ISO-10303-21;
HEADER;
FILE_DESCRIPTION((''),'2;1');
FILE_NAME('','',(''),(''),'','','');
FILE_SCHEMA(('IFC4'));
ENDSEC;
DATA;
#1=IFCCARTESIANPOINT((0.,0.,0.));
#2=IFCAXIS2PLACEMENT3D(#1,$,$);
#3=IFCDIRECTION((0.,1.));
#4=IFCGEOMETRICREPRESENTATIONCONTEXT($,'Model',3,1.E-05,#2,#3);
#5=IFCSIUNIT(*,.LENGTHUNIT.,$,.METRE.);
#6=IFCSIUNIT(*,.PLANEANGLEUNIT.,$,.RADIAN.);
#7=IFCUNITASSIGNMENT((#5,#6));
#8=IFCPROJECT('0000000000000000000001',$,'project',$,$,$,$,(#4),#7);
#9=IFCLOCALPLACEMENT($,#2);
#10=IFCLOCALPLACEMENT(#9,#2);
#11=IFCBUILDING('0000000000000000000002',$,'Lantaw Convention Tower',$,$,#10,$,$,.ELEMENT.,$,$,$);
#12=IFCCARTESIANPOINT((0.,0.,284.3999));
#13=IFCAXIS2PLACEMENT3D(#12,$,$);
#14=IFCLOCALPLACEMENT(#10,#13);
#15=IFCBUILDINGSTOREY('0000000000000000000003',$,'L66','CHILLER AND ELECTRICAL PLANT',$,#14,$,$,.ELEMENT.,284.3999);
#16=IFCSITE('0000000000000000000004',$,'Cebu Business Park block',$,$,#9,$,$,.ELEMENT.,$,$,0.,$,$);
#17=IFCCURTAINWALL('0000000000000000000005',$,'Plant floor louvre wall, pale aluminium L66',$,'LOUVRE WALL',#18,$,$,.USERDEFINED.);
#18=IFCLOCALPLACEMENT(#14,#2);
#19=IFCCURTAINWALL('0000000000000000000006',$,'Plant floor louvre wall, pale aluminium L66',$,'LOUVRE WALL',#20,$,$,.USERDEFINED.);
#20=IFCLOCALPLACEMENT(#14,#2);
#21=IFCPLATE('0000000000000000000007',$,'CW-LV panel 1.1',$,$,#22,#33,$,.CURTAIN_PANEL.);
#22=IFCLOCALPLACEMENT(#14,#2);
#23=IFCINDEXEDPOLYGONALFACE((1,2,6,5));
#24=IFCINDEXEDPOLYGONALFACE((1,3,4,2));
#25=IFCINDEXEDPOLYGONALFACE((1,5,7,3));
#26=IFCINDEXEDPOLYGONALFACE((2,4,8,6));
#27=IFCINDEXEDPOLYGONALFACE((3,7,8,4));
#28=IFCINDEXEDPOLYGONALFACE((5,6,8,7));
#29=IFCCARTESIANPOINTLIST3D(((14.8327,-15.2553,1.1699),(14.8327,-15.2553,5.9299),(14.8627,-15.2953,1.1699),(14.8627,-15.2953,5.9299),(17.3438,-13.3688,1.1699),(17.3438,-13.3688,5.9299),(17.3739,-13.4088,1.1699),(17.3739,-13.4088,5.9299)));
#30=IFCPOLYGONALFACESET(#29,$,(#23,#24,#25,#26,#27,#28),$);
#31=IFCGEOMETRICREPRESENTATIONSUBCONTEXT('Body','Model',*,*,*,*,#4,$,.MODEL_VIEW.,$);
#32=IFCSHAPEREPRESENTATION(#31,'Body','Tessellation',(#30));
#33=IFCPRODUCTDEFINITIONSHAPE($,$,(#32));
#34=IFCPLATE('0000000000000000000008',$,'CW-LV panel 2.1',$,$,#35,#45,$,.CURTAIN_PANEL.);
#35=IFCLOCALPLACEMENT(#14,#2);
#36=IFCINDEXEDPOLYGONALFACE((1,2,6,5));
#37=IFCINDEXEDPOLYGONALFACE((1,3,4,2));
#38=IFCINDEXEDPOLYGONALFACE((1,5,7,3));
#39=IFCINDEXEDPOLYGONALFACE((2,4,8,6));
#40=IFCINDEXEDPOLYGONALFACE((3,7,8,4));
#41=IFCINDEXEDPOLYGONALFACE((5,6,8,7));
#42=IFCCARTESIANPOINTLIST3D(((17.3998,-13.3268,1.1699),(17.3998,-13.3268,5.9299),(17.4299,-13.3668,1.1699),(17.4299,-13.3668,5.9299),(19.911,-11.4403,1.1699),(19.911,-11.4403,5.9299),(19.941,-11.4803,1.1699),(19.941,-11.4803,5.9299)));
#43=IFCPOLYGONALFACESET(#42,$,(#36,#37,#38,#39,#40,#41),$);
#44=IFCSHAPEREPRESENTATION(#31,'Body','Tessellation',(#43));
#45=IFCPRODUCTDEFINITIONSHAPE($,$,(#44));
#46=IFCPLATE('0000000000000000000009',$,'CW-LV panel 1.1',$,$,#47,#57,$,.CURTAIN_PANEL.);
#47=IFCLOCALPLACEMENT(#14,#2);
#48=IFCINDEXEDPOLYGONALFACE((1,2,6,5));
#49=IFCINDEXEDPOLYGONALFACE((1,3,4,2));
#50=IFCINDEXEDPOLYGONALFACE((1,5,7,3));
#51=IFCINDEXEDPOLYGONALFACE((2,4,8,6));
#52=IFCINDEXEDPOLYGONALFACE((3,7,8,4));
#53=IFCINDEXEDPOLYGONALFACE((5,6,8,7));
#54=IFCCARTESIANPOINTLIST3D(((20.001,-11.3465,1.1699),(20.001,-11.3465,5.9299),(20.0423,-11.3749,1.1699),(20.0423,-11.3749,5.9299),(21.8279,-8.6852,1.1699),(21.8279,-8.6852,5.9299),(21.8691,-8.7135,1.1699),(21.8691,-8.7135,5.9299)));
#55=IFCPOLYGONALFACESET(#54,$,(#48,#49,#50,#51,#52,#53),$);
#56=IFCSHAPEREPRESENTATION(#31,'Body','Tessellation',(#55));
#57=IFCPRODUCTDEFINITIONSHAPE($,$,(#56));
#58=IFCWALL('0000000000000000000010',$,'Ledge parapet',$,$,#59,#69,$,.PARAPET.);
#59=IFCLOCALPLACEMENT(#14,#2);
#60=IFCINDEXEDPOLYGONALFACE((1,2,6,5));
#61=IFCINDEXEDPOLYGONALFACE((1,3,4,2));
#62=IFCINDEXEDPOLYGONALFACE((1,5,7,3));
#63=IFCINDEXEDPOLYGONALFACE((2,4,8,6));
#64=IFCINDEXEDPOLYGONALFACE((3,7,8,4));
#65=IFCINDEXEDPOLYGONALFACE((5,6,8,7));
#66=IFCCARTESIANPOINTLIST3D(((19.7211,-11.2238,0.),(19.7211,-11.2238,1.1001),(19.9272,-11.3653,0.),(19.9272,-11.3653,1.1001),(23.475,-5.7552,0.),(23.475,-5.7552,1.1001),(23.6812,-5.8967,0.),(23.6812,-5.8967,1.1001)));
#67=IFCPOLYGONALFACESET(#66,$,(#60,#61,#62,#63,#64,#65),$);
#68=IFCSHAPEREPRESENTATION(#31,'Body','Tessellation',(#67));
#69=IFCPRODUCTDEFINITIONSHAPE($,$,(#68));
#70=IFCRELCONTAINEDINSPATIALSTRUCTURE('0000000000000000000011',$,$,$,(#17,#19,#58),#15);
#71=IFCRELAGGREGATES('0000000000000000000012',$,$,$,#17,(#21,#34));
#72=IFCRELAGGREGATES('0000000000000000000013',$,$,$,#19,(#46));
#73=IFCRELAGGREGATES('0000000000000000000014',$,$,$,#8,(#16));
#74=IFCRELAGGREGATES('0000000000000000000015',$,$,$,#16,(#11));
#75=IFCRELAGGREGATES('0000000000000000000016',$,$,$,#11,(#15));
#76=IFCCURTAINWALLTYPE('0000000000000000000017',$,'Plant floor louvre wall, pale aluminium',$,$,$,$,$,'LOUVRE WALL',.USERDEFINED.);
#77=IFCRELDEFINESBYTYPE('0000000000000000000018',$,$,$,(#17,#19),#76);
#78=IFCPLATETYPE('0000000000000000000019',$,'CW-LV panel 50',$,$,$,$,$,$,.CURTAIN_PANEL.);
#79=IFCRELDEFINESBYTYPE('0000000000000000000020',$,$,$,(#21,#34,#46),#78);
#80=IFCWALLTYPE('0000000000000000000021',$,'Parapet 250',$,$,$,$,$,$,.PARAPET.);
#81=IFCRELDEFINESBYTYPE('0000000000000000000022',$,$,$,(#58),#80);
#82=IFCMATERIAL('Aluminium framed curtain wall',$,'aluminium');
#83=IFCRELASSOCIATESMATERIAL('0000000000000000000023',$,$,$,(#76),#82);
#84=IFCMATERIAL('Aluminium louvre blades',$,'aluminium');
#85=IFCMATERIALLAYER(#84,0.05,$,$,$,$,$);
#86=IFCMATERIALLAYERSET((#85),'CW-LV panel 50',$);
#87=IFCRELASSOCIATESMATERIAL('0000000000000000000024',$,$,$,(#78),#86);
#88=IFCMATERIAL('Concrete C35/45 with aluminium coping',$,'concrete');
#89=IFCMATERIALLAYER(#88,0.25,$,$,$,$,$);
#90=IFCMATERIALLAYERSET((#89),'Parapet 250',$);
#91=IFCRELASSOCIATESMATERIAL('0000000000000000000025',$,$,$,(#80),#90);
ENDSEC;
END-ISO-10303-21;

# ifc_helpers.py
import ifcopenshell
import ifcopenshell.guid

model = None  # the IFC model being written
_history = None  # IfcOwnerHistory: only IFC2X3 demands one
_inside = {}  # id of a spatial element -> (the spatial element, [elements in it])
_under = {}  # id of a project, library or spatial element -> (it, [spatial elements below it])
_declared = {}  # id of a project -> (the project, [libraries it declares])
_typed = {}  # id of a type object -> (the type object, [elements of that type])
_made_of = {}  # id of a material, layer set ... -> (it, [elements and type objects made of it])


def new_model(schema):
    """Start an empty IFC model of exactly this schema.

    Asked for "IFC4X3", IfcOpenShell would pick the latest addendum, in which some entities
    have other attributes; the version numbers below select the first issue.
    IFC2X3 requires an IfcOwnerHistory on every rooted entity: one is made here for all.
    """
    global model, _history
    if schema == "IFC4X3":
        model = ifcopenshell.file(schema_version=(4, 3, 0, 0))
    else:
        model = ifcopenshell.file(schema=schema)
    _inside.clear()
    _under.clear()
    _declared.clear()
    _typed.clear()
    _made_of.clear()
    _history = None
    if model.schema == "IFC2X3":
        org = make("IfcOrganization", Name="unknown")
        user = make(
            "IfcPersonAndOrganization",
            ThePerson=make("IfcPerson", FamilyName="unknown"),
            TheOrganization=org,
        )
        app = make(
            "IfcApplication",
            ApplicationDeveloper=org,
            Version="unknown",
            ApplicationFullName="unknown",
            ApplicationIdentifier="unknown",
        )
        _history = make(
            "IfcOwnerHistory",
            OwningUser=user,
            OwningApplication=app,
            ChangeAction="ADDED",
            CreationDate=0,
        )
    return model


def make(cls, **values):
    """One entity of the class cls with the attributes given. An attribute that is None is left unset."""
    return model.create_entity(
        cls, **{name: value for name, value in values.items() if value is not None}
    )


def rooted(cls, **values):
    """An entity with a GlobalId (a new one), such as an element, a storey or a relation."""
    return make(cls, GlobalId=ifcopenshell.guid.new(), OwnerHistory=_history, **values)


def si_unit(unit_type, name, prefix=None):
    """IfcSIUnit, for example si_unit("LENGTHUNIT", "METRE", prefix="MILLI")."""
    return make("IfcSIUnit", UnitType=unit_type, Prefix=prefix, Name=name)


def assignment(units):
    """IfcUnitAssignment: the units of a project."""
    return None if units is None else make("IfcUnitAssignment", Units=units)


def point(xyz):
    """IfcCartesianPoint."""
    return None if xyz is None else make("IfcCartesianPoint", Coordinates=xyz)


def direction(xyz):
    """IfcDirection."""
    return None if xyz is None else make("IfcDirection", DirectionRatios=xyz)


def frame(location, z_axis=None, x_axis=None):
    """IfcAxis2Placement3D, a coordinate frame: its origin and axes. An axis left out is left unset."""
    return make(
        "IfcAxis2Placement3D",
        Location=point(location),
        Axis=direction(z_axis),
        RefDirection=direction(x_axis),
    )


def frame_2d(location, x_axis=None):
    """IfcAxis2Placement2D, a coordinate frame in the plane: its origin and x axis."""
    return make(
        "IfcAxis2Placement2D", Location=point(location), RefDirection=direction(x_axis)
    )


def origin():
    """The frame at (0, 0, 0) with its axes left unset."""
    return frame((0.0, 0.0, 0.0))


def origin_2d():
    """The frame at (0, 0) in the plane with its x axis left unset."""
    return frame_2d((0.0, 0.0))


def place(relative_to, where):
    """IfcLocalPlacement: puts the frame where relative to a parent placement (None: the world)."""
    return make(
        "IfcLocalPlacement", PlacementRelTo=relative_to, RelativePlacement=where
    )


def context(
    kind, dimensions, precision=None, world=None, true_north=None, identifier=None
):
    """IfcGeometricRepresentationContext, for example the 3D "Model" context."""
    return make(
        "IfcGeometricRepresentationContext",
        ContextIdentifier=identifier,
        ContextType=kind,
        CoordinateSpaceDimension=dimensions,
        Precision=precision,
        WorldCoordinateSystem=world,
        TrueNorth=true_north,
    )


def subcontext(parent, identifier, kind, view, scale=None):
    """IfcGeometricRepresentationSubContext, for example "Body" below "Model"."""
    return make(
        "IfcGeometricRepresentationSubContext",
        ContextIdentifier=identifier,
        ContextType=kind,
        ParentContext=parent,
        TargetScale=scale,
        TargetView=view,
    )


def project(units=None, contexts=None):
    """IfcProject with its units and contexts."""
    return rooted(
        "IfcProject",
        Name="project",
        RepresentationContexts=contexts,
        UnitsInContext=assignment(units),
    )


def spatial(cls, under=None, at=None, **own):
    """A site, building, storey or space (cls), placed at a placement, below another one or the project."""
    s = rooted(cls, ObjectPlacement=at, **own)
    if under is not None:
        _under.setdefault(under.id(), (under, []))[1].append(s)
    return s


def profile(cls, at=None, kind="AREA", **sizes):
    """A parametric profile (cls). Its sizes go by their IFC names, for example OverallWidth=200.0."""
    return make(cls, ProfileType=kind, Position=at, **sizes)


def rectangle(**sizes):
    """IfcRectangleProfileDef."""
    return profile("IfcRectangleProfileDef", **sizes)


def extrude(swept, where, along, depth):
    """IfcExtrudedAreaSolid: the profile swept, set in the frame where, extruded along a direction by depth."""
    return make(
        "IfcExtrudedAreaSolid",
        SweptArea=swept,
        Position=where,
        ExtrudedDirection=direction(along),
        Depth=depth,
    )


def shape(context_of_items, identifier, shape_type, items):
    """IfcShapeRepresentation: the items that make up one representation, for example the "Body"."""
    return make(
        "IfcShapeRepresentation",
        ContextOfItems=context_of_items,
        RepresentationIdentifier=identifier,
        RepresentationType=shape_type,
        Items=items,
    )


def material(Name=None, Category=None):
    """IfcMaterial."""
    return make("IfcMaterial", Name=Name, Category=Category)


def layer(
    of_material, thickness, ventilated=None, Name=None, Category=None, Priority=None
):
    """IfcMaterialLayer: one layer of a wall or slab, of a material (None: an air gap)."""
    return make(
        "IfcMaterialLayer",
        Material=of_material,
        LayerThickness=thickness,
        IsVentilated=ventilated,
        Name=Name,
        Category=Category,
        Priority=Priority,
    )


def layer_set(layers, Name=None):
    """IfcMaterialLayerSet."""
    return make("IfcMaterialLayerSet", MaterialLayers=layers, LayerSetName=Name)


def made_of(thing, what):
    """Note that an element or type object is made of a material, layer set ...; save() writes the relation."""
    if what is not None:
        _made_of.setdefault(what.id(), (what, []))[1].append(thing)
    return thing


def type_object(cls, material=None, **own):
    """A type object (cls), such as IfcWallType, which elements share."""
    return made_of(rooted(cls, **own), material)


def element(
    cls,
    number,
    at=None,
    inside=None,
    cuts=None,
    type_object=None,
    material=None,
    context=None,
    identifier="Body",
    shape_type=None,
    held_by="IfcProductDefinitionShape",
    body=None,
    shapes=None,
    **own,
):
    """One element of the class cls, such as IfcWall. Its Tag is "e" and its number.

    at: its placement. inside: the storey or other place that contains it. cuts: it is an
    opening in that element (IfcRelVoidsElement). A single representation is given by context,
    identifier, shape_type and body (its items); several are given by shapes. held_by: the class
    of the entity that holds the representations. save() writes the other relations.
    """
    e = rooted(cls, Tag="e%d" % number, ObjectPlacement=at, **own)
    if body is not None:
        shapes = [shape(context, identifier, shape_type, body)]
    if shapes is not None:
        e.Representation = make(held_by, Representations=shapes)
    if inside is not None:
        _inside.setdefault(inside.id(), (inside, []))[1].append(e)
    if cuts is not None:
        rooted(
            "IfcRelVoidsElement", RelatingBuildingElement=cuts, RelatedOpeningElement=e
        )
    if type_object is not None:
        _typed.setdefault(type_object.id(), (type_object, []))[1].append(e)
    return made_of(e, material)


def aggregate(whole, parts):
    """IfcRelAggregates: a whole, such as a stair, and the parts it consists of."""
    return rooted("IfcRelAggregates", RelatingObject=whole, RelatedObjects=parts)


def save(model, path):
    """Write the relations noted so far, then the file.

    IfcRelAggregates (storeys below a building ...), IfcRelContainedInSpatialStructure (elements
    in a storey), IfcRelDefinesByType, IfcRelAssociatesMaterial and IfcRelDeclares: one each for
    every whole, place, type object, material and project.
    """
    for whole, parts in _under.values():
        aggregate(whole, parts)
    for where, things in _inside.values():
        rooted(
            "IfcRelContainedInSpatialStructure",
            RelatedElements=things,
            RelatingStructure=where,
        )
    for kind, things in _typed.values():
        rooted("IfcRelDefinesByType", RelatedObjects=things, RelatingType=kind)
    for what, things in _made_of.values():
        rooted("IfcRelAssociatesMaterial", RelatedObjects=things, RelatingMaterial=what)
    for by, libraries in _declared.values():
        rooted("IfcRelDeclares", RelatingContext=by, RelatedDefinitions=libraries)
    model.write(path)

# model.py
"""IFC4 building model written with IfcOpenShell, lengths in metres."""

from ifc_helpers import new_model, si_unit, direction, frame, frame_2d, origin, origin_2d, place, context, subcontext, project, spatial, rectangle, extrude, material, layer, layer_set, type_object, element, aggregate, save


model = new_model("IFC4")

# Units and contexts
model_context = context("Model", 3, precision=1e-05, world=origin(), true_north=direction((0.0, 1.0)))
body_context = subcontext(model_context, "Body", "Model", "MODEL_VIEW")
ifc_project = project(units=[si_unit("LENGTHUNIT", "METRE"), si_unit("PLANEANGLEUNIT", "RADIAN")], contexts=[model_context])

# Site, building, storey
site_placement = place(None, origin())
site = spatial("IfcSite", under=ifc_project, at=site_placement, Name="Cebu Business Park block", CompositionType="ELEMENT", RefElevation=0.0)
building_placement = place(site_placement, origin())
building = spatial("IfcBuilding", under=site, at=building_placement, Name="Lantaw Convention Tower", CompositionType="ELEMENT")
storey_placement = place(building_placement, frame((0.0, 0.0, 284.3999)))
storey = spatial("IfcBuildingStorey", under=building, at=storey_placement, Name="L66", Description="CHILLER AND ELECTRICAL PLANT", CompositionType="ELEMENT", Elevation=284.3999)

# Shared definitions
ifc_material_1 = material(Name="Aluminium framed curtain wall", Category="aluminium")

# Curtain walls
curtain_wall_type_1 = type_object("IfcCurtainWallType", Name="Plant floor louvre wall, pale aluminium", ElementType="LOUVRE WALL", PredefinedType="USERDEFINED", material=ifc_material_1)
curtain_wall_1_placement = place(storey_placement, origin())
curtain_wall_1 = element("IfcCurtainWall", 1, at=curtain_wall_1_placement, inside=storey, type_object=curtain_wall_type_1, Name="Plant floor louvre wall, pale aluminium L66", ObjectType="LOUVRE WALL", PredefinedType="USERDEFINED")
curtain_wall_2_placement = place(storey_placement, origin())
curtain_wall_2 = element("IfcCurtainWall", 2, at=curtain_wall_2_placement, inside=storey, type_object=curtain_wall_type_1, Name="Plant floor louvre wall, pale aluminium L66", ObjectType="LOUVRE WALL", PredefinedType="USERDEFINED")

# Plates
ifc_material_2 = material(Name="Aluminium louvre blades", Category="aluminium")
ifc_layer_1 = layer(ifc_material_2, 0.05)
ifc_layer_set_1 = layer_set([ifc_layer_1], Name="CW-LV panel 50")
plate_type_1 = type_object("IfcPlateType", Name="CW-LV panel 50", PredefinedType="CURTAIN_PANEL", material=ifc_layer_set_1)
plate_1_placement = place(storey_placement, frame((16.1033, -14.332, 1.1699), z_axis=(0.0, 0.0, 1.0), x_axis=(0.799518, 0.600643, 0.0)))
plate_1 = element("IfcPlate", 3, at=plate_1_placement, type_object=plate_type_1, Name="CW-LV panel 1.1", PredefinedType="CURTAIN_PANEL", context=body_context, shape_type="SweptSolid", body=[
    extrude(rectangle(XDim=3.1409, YDim=0.05, at=origin_2d()), origin(), (0.0, 0.0, 1.0), 4.76),
])
plate_2_placement = place(storey_placement, frame((18.6704, -12.4036, 1.1699), z_axis=(0.0, 0.0, 1.0), x_axis=(0.799518, 0.600643, 0.0)))
plate_2 = element("IfcPlate", 4, at=plate_2_placement, type_object=plate_type_1, Name="CW-LV panel 2.1", PredefinedType="CURTAIN_PANEL", context=body_context, shape_type="SweptSolid", body=[
    extrude(rectangle(XDim=3.1409, YDim=0.05, at=origin_2d()), origin(), (0.0, 0.0, 1.0), 4.76),
])
aggregate(curtain_wall_1, [plate_1, plate_2])
plate_3_placement = place(storey_placement, frame((20.9351, -10.03, 1.1699), z_axis=(0.0, 0.0, 1.0), x_axis=(0.565935, 0.82445, 0.0)))
plate_3 = element("IfcPlate", 5, at=plate_3_placement, type_object=plate_type_1, Name="CW-LV panel 1.1", PredefinedType="CURTAIN_PANEL", context=body_context, shape_type="SweptSolid", body=[
    extrude(rectangle(XDim=3.228, YDim=0.05, at=origin_2d()), origin(), (0.0, 0.0, 1.0), 4.76),
])
aggregate(curtain_wall_2, [plate_3])

# Wall
ifc_material_3 = material(Name="Concrete C35/45 with aluminium coping", Category="concrete")
ifc_layer_2 = layer(ifc_material_3, 0.25)
ifc_layer_set_2 = layer_set([ifc_layer_2], Name="Parapet 250")
wall_type = type_object("IfcWallType", Name="Parapet 250", PredefinedType="PARAPET", material=ifc_layer_set_2)
wall_placement = place(storey_placement, frame((19.8242, -11.2944, 0.0), z_axis=(0.0, 0.0, 1.0), x_axis=(0.565946, 0.824442, 0.0)))
element("IfcWall", 6, at=wall_placement, inside=storey, type_object=wall_type, Name="Ledge parapet", PredefinedType="PARAPET", context=body_context, shape_type="SweptSolid", body=[
    extrude(rectangle(XDim=6.6331, YDim=0.25, at=frame_2d((3.3164, 0.0))), origin(), (0.0, 0.0, 1.0), 1.1001),
])

save(model, "model.ifc")
